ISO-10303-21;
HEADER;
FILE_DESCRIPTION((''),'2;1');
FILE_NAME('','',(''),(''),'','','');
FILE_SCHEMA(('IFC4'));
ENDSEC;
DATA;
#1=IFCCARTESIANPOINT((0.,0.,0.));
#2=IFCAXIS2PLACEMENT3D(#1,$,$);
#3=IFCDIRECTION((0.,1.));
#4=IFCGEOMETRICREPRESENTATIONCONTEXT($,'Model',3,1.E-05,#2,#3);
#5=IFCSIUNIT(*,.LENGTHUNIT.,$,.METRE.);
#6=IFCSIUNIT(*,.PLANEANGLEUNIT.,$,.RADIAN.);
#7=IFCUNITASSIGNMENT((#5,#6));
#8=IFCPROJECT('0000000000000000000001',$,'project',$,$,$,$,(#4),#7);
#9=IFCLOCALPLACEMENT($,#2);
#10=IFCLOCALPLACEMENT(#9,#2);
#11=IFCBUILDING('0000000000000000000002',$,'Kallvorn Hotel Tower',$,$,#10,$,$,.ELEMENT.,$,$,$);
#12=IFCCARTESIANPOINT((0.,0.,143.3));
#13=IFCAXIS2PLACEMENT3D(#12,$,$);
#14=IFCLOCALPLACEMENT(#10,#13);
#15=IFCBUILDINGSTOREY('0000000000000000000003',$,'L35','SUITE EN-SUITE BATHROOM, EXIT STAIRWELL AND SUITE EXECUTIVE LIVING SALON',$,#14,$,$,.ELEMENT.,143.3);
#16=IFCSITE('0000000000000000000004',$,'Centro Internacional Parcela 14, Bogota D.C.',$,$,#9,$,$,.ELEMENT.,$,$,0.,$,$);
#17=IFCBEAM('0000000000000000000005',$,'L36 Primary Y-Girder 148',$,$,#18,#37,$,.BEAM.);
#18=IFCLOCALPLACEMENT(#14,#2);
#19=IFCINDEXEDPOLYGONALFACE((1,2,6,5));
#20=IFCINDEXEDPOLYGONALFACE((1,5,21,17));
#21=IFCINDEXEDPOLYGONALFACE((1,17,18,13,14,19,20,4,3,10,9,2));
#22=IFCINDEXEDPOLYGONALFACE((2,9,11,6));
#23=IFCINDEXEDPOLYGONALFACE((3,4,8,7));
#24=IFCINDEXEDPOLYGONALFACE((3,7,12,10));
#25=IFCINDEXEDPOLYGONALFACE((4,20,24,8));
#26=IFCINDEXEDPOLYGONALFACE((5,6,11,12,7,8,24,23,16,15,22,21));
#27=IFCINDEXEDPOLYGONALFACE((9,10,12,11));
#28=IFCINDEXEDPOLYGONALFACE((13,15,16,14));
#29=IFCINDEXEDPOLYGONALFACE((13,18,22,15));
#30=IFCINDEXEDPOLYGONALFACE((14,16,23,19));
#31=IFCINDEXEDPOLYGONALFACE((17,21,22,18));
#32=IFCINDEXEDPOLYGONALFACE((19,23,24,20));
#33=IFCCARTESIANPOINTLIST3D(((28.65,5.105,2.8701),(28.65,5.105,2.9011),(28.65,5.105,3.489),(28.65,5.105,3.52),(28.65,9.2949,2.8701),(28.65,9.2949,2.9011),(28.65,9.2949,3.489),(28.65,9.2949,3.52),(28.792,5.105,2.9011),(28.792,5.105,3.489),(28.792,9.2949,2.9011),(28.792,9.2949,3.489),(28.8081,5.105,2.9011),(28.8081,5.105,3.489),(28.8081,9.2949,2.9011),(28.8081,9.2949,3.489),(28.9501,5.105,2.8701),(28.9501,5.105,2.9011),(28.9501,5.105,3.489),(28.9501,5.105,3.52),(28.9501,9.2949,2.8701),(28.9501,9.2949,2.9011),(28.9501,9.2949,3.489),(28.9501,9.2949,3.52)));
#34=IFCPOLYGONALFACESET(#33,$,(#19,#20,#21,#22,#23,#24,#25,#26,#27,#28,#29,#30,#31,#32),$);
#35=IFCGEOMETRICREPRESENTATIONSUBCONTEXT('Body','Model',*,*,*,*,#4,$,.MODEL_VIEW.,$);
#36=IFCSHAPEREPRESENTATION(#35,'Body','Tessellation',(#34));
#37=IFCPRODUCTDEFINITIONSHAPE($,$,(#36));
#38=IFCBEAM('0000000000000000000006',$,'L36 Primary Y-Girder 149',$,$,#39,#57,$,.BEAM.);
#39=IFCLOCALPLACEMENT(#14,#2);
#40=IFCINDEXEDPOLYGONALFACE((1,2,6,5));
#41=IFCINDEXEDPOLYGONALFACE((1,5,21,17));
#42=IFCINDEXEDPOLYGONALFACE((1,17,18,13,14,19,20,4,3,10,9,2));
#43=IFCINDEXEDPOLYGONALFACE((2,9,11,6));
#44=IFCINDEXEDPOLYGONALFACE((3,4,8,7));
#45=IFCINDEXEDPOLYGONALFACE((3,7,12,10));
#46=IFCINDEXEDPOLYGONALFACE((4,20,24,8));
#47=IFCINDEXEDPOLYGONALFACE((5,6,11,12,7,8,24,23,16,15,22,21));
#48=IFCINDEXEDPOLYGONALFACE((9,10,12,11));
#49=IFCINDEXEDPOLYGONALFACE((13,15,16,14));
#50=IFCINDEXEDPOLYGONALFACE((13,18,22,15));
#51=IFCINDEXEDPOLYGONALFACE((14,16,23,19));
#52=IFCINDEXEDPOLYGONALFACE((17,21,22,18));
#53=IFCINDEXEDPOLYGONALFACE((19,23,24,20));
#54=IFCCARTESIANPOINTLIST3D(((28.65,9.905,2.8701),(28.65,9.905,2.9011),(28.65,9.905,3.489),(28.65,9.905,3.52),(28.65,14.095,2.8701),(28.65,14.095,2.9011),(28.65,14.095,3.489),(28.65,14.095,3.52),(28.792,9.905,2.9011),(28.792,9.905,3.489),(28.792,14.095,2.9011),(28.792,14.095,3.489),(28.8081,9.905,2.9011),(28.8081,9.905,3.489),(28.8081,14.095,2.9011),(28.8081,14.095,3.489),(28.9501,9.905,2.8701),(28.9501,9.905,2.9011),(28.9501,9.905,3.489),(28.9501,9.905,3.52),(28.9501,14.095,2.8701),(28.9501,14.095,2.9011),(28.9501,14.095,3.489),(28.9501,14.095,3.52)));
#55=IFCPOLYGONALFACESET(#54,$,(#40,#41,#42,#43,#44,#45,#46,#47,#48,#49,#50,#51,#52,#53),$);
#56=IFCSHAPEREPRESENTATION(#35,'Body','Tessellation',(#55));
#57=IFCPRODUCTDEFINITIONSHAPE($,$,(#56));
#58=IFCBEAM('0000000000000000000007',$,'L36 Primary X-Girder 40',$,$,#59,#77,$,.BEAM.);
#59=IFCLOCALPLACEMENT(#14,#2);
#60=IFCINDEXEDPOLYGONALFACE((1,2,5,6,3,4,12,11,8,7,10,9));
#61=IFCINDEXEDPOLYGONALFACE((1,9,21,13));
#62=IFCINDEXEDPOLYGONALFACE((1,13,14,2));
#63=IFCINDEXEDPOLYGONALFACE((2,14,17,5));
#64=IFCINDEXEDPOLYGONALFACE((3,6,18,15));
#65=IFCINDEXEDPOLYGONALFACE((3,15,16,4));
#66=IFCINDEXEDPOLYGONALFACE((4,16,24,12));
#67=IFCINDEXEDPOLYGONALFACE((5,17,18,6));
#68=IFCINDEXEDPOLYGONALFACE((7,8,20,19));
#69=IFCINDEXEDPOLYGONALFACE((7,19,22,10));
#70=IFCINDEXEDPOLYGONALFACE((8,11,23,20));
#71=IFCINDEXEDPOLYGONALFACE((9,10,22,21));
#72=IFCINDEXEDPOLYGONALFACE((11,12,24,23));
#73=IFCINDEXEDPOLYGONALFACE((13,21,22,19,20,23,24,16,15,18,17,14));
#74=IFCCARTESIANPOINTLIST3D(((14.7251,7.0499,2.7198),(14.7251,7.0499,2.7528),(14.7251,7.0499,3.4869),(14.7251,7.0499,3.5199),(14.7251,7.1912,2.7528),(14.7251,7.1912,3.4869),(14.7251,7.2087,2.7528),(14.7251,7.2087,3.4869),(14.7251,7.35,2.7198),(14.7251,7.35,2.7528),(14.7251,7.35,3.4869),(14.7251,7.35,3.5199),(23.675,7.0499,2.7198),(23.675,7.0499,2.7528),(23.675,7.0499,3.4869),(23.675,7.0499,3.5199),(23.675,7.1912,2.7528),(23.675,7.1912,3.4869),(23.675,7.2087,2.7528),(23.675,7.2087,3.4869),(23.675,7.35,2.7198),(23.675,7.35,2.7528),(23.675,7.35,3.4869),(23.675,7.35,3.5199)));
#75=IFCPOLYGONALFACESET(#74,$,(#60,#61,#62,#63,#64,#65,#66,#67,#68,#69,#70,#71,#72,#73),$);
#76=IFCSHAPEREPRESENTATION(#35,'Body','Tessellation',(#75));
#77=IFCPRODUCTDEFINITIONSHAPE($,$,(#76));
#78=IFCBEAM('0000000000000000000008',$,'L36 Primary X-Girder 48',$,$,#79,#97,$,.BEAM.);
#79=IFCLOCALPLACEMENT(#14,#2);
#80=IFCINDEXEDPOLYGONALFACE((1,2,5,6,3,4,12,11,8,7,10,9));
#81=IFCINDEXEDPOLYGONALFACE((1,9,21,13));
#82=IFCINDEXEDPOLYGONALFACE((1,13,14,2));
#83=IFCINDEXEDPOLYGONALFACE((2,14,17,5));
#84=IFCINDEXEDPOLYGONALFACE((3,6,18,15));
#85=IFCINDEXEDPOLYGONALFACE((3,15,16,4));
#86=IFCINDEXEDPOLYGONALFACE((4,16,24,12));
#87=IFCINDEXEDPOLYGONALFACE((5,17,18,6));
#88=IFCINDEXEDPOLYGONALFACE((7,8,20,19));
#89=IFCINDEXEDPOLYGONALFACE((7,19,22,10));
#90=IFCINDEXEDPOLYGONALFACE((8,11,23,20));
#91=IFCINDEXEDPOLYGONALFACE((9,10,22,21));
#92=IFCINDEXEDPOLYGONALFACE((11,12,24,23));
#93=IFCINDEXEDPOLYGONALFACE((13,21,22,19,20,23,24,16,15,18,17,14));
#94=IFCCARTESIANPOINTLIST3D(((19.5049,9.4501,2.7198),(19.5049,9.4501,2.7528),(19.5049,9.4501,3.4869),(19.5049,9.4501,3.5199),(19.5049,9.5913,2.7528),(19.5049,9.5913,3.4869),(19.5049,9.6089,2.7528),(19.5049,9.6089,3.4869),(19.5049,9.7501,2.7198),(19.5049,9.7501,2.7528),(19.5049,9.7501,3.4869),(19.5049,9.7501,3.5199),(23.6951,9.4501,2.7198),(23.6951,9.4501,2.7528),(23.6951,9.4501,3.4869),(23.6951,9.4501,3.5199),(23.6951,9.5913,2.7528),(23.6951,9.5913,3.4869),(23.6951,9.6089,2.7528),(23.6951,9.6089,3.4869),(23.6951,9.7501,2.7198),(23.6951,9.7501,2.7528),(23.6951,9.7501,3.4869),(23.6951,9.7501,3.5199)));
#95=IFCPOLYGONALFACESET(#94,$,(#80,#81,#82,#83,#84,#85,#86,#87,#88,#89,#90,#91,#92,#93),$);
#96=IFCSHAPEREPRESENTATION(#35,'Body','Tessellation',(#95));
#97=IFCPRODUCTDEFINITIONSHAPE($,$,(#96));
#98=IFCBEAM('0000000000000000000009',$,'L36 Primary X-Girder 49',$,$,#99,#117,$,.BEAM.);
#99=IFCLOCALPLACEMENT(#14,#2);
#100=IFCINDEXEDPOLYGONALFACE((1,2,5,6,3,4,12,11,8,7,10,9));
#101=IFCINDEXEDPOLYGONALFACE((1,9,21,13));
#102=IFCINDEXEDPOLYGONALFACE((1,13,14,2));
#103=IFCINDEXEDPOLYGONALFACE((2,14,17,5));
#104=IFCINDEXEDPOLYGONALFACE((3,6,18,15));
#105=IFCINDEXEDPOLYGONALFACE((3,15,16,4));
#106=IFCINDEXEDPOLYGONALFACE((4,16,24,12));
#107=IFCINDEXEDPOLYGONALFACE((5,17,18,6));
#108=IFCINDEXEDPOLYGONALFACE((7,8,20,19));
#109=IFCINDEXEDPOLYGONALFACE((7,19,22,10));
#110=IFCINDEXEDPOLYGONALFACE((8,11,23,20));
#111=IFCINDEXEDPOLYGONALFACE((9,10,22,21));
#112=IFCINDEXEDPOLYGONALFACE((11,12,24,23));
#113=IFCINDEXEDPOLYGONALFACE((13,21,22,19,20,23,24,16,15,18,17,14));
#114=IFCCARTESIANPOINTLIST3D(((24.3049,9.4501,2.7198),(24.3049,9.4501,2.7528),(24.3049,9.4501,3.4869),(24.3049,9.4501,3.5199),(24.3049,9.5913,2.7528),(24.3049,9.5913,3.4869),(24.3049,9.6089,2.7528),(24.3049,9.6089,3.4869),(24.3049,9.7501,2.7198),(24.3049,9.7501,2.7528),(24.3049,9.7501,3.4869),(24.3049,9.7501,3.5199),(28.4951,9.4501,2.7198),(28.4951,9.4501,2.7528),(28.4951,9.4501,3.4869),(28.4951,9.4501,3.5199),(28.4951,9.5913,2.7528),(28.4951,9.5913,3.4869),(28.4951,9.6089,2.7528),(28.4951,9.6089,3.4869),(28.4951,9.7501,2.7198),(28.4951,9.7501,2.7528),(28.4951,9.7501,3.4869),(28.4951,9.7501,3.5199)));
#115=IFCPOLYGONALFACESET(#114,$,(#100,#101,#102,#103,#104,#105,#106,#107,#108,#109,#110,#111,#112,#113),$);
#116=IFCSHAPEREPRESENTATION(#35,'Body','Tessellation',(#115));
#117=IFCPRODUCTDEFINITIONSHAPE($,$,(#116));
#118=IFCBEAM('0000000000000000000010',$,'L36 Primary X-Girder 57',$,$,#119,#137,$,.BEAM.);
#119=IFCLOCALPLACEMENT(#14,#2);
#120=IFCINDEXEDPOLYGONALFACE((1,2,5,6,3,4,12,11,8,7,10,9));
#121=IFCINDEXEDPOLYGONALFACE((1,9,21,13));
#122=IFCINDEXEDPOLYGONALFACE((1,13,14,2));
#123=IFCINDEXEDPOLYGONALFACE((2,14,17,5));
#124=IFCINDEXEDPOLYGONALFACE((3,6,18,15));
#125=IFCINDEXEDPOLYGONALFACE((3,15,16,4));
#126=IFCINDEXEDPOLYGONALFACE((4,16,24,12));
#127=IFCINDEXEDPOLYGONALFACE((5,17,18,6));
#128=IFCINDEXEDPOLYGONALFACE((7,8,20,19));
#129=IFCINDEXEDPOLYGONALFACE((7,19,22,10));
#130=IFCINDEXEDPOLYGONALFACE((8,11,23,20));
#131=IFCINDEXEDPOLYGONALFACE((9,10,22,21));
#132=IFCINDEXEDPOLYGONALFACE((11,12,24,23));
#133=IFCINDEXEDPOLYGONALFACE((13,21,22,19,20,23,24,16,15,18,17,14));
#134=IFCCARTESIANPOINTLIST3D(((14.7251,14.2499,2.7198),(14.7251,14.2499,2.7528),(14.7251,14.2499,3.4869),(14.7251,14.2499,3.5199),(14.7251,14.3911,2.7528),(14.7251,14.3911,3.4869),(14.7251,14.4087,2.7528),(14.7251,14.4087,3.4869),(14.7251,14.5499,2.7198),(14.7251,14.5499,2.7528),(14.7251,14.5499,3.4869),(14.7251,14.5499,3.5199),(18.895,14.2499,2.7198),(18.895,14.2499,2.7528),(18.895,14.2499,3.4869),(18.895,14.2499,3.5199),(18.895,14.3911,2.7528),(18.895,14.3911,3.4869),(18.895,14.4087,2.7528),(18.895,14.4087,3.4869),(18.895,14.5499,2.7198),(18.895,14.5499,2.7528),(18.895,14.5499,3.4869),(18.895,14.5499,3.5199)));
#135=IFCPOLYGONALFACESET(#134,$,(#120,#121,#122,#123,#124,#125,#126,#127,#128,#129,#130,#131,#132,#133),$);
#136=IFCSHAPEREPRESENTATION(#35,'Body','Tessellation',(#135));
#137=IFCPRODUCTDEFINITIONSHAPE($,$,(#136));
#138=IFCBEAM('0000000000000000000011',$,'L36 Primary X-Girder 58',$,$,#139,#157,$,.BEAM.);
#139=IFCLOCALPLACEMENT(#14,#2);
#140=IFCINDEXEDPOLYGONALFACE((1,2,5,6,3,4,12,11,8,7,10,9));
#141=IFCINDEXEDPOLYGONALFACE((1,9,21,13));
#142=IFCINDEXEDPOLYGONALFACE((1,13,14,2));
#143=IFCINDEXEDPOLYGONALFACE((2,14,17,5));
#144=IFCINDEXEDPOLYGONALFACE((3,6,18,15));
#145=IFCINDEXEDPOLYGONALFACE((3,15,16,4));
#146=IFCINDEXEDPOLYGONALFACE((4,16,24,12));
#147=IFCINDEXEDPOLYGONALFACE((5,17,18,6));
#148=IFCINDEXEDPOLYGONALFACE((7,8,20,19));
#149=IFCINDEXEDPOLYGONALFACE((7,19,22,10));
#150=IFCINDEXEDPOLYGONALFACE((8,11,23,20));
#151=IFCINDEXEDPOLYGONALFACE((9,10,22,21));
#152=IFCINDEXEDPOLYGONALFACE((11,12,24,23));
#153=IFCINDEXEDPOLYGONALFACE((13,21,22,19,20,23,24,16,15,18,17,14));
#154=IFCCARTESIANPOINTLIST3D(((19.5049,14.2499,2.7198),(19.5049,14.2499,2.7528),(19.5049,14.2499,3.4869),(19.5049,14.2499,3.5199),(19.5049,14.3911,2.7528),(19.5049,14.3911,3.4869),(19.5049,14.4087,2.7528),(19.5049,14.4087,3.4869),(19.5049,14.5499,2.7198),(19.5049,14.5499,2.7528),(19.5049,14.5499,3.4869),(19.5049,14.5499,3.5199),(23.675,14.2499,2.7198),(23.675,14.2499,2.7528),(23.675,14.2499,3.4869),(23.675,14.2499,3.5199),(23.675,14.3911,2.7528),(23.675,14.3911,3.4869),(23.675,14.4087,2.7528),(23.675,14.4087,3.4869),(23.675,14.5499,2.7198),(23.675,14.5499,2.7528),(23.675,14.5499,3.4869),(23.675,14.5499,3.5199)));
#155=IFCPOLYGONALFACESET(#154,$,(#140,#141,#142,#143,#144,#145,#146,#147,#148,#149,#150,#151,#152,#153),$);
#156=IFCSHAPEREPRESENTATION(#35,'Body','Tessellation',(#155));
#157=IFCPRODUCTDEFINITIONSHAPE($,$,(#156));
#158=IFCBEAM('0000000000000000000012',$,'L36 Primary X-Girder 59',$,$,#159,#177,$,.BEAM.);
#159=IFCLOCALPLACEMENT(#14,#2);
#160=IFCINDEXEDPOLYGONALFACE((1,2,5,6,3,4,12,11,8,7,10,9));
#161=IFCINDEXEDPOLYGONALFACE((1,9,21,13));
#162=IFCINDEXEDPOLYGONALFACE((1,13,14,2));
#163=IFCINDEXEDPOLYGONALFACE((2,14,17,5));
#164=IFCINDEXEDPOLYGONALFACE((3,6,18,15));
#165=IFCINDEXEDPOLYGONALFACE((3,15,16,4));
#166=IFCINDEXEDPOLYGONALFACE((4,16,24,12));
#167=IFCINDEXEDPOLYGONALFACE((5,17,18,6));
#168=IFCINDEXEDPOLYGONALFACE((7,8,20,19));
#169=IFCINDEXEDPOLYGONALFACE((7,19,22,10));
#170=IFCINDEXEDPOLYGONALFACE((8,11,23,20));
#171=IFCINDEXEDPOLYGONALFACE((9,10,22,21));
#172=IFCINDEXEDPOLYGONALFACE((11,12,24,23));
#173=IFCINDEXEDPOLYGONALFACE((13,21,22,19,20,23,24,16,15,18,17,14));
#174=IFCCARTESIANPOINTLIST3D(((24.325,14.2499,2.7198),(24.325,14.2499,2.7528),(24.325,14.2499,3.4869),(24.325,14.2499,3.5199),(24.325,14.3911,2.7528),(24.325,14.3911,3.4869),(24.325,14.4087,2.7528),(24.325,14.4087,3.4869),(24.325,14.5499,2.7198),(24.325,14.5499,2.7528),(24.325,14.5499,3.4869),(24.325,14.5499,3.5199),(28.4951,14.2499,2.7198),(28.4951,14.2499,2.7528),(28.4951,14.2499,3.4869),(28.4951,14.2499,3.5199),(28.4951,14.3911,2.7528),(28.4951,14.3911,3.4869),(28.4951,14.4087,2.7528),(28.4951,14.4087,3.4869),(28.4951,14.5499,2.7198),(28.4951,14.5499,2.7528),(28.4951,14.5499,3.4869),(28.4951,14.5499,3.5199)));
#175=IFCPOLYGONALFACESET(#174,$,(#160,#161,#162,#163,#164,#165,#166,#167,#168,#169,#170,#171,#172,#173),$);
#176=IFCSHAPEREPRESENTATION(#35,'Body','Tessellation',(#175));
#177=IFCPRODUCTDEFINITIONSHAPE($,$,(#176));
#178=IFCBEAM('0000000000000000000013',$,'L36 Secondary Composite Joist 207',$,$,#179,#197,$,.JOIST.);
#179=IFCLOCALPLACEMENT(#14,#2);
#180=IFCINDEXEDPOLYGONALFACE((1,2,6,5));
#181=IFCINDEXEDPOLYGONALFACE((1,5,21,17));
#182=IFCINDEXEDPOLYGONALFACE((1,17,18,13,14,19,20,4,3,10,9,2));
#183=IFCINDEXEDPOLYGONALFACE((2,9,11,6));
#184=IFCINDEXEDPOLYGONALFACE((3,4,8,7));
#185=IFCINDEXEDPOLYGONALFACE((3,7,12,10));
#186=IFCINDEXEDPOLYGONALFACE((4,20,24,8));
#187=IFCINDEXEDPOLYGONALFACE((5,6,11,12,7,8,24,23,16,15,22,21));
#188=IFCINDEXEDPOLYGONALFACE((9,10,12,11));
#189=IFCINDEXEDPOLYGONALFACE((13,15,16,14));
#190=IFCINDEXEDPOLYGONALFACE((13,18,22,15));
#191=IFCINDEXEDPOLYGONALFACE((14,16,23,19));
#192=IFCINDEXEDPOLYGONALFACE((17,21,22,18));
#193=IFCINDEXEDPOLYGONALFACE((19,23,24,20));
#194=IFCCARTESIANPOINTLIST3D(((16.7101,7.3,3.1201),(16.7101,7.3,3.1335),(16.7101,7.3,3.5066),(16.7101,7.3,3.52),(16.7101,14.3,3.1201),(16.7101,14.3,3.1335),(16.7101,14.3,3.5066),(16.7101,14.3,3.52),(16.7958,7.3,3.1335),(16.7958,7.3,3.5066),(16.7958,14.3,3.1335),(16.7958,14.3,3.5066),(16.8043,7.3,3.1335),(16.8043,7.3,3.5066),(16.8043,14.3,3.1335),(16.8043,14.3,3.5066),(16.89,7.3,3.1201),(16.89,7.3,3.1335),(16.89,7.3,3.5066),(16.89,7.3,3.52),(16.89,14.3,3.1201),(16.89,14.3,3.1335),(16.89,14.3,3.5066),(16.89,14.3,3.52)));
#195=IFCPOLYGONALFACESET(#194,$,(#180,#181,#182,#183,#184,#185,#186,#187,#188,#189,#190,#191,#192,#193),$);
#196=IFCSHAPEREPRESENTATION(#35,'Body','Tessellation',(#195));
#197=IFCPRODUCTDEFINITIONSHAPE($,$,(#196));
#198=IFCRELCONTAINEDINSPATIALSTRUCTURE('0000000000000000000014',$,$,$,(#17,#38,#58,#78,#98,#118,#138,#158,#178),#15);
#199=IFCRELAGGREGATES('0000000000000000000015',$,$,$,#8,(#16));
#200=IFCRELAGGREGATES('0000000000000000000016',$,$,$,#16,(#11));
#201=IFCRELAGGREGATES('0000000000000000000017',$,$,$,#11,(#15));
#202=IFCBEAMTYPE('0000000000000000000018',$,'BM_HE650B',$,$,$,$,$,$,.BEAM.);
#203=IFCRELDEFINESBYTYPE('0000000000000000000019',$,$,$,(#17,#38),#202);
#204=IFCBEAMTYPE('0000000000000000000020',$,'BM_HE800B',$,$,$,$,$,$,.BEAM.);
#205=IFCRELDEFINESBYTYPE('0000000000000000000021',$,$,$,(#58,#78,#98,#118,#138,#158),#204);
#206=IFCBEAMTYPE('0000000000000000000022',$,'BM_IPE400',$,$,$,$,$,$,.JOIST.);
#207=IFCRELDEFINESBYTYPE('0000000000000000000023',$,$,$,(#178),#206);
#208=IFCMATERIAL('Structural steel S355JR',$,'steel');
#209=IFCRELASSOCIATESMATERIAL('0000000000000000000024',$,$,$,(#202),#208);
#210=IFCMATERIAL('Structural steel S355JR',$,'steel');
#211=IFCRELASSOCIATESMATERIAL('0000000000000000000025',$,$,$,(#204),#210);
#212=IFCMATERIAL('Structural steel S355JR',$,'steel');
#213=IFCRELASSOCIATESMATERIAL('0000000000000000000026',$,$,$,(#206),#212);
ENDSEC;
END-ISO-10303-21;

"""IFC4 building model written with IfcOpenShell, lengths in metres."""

from ifc_helpers import new_model, si_unit, direction, frame, origin, origin_2d, place, context, subcontext, project, spatial, i_section, extrude, material, material_profile, profile_set, type_object, element, save


model = new_model("IFC4")

# Units and contexts
model_context = context("Model", 3, precision=1e-05, world=origin(), true_north=direction((0.0, 1.0)))
body_context = subcontext(model_context, "Body", "Model", "MODEL_VIEW")
ifc_project = project(units=[si_unit("LENGTHUNIT", "METRE"), si_unit("PLANEANGLEUNIT", "RADIAN")], contexts=[model_context])

# Site, building, storey
site_placement = place(None, origin())
site = spatial("IfcSite", under=ifc_project, at=site_placement, Name="Centro Internacional Parcela 14, Bogota D.C.", CompositionType="ELEMENT", RefElevation=0.0)
building_placement = place(site_placement, origin())
building = spatial("IfcBuilding", under=site, at=building_placement, Name="Kallvorn Hotel Tower", CompositionType="ELEMENT")
storey_placement = place(building_placement, frame((0.0, 0.0, 143.3)))
storey = spatial("IfcBuildingStorey", under=building, at=storey_placement, Name="L35", Description="SUITE EN-SUITE BATHROOM, EXIT STAIRWELL AND SUITE EXECUTIVE LIVING SALON", CompositionType="ELEMENT", Elevation=143.3)

# Beams
ifc_material_1 = material(Name="Structural steel S355JR", Category="steel")
ifc_material_profile_1 = material_profile(ifc_material_1, i_section(OverallWidth=0.3, OverallDepth=0.6499, WebThickness=0.0161, FlangeThickness=0.031, at=origin_2d()), Name="HE 650 B")
ifc_profile_set_1 = profile_set([ifc_material_profile_1], Name="Structural steel S355JR")
beam_type_1 = type_object("IfcBeamType", Name="BM_HE650B", PredefinedType="BEAM", material=ifc_profile_set_1)
for number, where, z_axis, x_axis, name in (
    (1, (28.8, 5.105, 3.1951), (0.0, 1.0, 0.0), (-1.0, 0.0, 0.0), "L36 Primary Y-Girder 148"),
    (2, (28.8, 9.905, 3.1951), (0.0, 1.0, 0.0), (-1.0, 0.0, 0.0), "L36 Primary Y-Girder 149"),
):
    element("IfcBeam", number, at=place(storey_placement, frame(where, z_axis=z_axis, x_axis=x_axis)), inside=storey, type_object=beam_type_1, Name=name, PredefinedType="BEAM", context=body_context, shape_type="SweptSolid", body=[
        extrude(i_section(OverallWidth=0.3, OverallDepth=0.6499, WebThickness=0.0161, FlangeThickness=0.031, at=origin_2d()), origin(), (0.0, 0.0, 1.0), 4.1899),
    ])
ifc_material_2 = material(Name="Structural steel S355JR", Category="steel")
ifc_material_profile_2 = material_profile(ifc_material_2, i_section(OverallWidth=0.3, OverallDepth=0.8, WebThickness=0.0176, FlangeThickness=0.033, at=origin_2d()), Name="HE 800 B")
ifc_profile_set_2 = profile_set([ifc_material_profile_2], Name="Structural steel S355JR")
beam_type_2 = type_object("IfcBeamType", Name="BM_HE800B", PredefinedType="BEAM", material=ifc_profile_set_2)
beam_1_placement = place(storey_placement, frame((14.7251, 7.2, 3.1199), z_axis=(1.0, 0.0, 0.0), x_axis=(0.0, 1.0, 0.0)))
element("IfcBeam", 3, at=beam_1_placement, inside=storey, type_object=beam_type_2, Name="L36 Primary X-Girder 40", PredefinedType="BEAM", context=body_context, shape_type="SweptSolid", body=[
    extrude(i_section(OverallWidth=0.3, OverallDepth=0.8, WebThickness=0.0176, FlangeThickness=0.033, at=origin_2d()), origin(), (0.0, 0.0, 1.0), 8.95),
])
for number, where, z_axis, x_axis, name in (
    (4, (19.5049, 9.6001, 3.1199), (1.0, 0.0, 0.0), (0.0, 1.0, 0.0), "L36 Primary X-Girder 48"),
    (5, (24.3049, 9.6001, 3.1199), (1.0, 0.0, 0.0), (0.0, 1.0, 0.0), "L36 Primary X-Girder 49"),
):
    element("IfcBeam", number, at=place(storey_placement, frame(where, z_axis=z_axis, x_axis=x_axis)), inside=storey, type_object=beam_type_2, Name=name, PredefinedType="BEAM", context=body_context, shape_type="SweptSolid", body=[
        extrude(i_section(OverallWidth=0.3, OverallDepth=0.8, WebThickness=0.0176, FlangeThickness=0.033, at=origin_2d()), origin(), (0.0, 0.0, 1.0), 4.1902),
    ])
beam_2_placement = place(storey_placement, frame((14.7251, 14.3999, 3.1199), z_axis=(1.0, 0.0, 0.0), x_axis=(0.0, 1.0, 0.0)))
element("IfcBeam", 6, at=beam_2_placement, inside=storey, type_object=beam_type_2, Name="L36 Primary X-Girder 57", PredefinedType="BEAM", context=body_context, shape_type="SweptSolid", body=[
    extrude(i_section(OverallWidth=0.3, OverallDepth=0.8, WebThickness=0.0176, FlangeThickness=0.033, at=origin_2d()), origin(), (0.0, 0.0, 1.0), 4.1699),
])
for number, where, z_axis, x_axis, name in (
    (7, (19.5049, 14.3999, 3.1199), (1.0, 0.0, 0.0), (0.0, 1.0, 0.0), "L36 Primary X-Girder 58"),
    (8, (24.325, 14.3999, 3.1199), (1.0, 0.0, 0.0), (0.0, 1.0, 0.0), "L36 Primary X-Girder 59"),
):
    element("IfcBeam", number, at=place(storey_placement, frame(where, z_axis=z_axis, x_axis=x_axis)), inside=storey, type_object=beam_type_2, Name=name, PredefinedType="BEAM", context=body_context, shape_type="SweptSolid", body=[
        extrude(i_section(OverallWidth=0.3, OverallDepth=0.8, WebThickness=0.0176, FlangeThickness=0.033, at=origin_2d()), origin(), (0.0, 0.0, 1.0), 4.1702),
    ])
ifc_material_3 = material(Name="Structural steel S355JR", Category="steel")
ifc_material_profile_3 = material_profile(ifc_material_3, i_section(OverallWidth=0.1799, OverallDepth=0.3999, WebThickness=0.0085, FlangeThickness=0.0134, at=origin_2d()), Name="IPE 400")
ifc_profile_set_3 = profile_set([ifc_material_profile_3], Name="Structural steel S355JR")
beam_type_3 = type_object("IfcBeamType", Name="BM_IPE400", PredefinedType="JOIST", material=ifc_profile_set_3)
for number, where, z_axis, x_axis, name in (
    (9, (16.8, 7.3, 3.3201), (0.0, 1.0, 0.0), (-1.0, 0.0, 0.0), "L36 Secondary Composite Joist 207"),
):
    element("IfcBeam", number, at=place(storey_placement, frame(where, z_axis=z_axis, x_axis=x_axis)), inside=storey, type_object=beam_type_3, Name=name, PredefinedType="JOIST", context=body_context, shape_type="SweptSolid", body=[
        extrude(i_section(OverallWidth=0.1799, OverallDepth=0.3999, WebThickness=0.0085, FlangeThickness=0.0134, at=origin_2d()), origin(), (0.0, 0.0, 1.0), 7.0),
    ])

save(model, "model.ifc")
